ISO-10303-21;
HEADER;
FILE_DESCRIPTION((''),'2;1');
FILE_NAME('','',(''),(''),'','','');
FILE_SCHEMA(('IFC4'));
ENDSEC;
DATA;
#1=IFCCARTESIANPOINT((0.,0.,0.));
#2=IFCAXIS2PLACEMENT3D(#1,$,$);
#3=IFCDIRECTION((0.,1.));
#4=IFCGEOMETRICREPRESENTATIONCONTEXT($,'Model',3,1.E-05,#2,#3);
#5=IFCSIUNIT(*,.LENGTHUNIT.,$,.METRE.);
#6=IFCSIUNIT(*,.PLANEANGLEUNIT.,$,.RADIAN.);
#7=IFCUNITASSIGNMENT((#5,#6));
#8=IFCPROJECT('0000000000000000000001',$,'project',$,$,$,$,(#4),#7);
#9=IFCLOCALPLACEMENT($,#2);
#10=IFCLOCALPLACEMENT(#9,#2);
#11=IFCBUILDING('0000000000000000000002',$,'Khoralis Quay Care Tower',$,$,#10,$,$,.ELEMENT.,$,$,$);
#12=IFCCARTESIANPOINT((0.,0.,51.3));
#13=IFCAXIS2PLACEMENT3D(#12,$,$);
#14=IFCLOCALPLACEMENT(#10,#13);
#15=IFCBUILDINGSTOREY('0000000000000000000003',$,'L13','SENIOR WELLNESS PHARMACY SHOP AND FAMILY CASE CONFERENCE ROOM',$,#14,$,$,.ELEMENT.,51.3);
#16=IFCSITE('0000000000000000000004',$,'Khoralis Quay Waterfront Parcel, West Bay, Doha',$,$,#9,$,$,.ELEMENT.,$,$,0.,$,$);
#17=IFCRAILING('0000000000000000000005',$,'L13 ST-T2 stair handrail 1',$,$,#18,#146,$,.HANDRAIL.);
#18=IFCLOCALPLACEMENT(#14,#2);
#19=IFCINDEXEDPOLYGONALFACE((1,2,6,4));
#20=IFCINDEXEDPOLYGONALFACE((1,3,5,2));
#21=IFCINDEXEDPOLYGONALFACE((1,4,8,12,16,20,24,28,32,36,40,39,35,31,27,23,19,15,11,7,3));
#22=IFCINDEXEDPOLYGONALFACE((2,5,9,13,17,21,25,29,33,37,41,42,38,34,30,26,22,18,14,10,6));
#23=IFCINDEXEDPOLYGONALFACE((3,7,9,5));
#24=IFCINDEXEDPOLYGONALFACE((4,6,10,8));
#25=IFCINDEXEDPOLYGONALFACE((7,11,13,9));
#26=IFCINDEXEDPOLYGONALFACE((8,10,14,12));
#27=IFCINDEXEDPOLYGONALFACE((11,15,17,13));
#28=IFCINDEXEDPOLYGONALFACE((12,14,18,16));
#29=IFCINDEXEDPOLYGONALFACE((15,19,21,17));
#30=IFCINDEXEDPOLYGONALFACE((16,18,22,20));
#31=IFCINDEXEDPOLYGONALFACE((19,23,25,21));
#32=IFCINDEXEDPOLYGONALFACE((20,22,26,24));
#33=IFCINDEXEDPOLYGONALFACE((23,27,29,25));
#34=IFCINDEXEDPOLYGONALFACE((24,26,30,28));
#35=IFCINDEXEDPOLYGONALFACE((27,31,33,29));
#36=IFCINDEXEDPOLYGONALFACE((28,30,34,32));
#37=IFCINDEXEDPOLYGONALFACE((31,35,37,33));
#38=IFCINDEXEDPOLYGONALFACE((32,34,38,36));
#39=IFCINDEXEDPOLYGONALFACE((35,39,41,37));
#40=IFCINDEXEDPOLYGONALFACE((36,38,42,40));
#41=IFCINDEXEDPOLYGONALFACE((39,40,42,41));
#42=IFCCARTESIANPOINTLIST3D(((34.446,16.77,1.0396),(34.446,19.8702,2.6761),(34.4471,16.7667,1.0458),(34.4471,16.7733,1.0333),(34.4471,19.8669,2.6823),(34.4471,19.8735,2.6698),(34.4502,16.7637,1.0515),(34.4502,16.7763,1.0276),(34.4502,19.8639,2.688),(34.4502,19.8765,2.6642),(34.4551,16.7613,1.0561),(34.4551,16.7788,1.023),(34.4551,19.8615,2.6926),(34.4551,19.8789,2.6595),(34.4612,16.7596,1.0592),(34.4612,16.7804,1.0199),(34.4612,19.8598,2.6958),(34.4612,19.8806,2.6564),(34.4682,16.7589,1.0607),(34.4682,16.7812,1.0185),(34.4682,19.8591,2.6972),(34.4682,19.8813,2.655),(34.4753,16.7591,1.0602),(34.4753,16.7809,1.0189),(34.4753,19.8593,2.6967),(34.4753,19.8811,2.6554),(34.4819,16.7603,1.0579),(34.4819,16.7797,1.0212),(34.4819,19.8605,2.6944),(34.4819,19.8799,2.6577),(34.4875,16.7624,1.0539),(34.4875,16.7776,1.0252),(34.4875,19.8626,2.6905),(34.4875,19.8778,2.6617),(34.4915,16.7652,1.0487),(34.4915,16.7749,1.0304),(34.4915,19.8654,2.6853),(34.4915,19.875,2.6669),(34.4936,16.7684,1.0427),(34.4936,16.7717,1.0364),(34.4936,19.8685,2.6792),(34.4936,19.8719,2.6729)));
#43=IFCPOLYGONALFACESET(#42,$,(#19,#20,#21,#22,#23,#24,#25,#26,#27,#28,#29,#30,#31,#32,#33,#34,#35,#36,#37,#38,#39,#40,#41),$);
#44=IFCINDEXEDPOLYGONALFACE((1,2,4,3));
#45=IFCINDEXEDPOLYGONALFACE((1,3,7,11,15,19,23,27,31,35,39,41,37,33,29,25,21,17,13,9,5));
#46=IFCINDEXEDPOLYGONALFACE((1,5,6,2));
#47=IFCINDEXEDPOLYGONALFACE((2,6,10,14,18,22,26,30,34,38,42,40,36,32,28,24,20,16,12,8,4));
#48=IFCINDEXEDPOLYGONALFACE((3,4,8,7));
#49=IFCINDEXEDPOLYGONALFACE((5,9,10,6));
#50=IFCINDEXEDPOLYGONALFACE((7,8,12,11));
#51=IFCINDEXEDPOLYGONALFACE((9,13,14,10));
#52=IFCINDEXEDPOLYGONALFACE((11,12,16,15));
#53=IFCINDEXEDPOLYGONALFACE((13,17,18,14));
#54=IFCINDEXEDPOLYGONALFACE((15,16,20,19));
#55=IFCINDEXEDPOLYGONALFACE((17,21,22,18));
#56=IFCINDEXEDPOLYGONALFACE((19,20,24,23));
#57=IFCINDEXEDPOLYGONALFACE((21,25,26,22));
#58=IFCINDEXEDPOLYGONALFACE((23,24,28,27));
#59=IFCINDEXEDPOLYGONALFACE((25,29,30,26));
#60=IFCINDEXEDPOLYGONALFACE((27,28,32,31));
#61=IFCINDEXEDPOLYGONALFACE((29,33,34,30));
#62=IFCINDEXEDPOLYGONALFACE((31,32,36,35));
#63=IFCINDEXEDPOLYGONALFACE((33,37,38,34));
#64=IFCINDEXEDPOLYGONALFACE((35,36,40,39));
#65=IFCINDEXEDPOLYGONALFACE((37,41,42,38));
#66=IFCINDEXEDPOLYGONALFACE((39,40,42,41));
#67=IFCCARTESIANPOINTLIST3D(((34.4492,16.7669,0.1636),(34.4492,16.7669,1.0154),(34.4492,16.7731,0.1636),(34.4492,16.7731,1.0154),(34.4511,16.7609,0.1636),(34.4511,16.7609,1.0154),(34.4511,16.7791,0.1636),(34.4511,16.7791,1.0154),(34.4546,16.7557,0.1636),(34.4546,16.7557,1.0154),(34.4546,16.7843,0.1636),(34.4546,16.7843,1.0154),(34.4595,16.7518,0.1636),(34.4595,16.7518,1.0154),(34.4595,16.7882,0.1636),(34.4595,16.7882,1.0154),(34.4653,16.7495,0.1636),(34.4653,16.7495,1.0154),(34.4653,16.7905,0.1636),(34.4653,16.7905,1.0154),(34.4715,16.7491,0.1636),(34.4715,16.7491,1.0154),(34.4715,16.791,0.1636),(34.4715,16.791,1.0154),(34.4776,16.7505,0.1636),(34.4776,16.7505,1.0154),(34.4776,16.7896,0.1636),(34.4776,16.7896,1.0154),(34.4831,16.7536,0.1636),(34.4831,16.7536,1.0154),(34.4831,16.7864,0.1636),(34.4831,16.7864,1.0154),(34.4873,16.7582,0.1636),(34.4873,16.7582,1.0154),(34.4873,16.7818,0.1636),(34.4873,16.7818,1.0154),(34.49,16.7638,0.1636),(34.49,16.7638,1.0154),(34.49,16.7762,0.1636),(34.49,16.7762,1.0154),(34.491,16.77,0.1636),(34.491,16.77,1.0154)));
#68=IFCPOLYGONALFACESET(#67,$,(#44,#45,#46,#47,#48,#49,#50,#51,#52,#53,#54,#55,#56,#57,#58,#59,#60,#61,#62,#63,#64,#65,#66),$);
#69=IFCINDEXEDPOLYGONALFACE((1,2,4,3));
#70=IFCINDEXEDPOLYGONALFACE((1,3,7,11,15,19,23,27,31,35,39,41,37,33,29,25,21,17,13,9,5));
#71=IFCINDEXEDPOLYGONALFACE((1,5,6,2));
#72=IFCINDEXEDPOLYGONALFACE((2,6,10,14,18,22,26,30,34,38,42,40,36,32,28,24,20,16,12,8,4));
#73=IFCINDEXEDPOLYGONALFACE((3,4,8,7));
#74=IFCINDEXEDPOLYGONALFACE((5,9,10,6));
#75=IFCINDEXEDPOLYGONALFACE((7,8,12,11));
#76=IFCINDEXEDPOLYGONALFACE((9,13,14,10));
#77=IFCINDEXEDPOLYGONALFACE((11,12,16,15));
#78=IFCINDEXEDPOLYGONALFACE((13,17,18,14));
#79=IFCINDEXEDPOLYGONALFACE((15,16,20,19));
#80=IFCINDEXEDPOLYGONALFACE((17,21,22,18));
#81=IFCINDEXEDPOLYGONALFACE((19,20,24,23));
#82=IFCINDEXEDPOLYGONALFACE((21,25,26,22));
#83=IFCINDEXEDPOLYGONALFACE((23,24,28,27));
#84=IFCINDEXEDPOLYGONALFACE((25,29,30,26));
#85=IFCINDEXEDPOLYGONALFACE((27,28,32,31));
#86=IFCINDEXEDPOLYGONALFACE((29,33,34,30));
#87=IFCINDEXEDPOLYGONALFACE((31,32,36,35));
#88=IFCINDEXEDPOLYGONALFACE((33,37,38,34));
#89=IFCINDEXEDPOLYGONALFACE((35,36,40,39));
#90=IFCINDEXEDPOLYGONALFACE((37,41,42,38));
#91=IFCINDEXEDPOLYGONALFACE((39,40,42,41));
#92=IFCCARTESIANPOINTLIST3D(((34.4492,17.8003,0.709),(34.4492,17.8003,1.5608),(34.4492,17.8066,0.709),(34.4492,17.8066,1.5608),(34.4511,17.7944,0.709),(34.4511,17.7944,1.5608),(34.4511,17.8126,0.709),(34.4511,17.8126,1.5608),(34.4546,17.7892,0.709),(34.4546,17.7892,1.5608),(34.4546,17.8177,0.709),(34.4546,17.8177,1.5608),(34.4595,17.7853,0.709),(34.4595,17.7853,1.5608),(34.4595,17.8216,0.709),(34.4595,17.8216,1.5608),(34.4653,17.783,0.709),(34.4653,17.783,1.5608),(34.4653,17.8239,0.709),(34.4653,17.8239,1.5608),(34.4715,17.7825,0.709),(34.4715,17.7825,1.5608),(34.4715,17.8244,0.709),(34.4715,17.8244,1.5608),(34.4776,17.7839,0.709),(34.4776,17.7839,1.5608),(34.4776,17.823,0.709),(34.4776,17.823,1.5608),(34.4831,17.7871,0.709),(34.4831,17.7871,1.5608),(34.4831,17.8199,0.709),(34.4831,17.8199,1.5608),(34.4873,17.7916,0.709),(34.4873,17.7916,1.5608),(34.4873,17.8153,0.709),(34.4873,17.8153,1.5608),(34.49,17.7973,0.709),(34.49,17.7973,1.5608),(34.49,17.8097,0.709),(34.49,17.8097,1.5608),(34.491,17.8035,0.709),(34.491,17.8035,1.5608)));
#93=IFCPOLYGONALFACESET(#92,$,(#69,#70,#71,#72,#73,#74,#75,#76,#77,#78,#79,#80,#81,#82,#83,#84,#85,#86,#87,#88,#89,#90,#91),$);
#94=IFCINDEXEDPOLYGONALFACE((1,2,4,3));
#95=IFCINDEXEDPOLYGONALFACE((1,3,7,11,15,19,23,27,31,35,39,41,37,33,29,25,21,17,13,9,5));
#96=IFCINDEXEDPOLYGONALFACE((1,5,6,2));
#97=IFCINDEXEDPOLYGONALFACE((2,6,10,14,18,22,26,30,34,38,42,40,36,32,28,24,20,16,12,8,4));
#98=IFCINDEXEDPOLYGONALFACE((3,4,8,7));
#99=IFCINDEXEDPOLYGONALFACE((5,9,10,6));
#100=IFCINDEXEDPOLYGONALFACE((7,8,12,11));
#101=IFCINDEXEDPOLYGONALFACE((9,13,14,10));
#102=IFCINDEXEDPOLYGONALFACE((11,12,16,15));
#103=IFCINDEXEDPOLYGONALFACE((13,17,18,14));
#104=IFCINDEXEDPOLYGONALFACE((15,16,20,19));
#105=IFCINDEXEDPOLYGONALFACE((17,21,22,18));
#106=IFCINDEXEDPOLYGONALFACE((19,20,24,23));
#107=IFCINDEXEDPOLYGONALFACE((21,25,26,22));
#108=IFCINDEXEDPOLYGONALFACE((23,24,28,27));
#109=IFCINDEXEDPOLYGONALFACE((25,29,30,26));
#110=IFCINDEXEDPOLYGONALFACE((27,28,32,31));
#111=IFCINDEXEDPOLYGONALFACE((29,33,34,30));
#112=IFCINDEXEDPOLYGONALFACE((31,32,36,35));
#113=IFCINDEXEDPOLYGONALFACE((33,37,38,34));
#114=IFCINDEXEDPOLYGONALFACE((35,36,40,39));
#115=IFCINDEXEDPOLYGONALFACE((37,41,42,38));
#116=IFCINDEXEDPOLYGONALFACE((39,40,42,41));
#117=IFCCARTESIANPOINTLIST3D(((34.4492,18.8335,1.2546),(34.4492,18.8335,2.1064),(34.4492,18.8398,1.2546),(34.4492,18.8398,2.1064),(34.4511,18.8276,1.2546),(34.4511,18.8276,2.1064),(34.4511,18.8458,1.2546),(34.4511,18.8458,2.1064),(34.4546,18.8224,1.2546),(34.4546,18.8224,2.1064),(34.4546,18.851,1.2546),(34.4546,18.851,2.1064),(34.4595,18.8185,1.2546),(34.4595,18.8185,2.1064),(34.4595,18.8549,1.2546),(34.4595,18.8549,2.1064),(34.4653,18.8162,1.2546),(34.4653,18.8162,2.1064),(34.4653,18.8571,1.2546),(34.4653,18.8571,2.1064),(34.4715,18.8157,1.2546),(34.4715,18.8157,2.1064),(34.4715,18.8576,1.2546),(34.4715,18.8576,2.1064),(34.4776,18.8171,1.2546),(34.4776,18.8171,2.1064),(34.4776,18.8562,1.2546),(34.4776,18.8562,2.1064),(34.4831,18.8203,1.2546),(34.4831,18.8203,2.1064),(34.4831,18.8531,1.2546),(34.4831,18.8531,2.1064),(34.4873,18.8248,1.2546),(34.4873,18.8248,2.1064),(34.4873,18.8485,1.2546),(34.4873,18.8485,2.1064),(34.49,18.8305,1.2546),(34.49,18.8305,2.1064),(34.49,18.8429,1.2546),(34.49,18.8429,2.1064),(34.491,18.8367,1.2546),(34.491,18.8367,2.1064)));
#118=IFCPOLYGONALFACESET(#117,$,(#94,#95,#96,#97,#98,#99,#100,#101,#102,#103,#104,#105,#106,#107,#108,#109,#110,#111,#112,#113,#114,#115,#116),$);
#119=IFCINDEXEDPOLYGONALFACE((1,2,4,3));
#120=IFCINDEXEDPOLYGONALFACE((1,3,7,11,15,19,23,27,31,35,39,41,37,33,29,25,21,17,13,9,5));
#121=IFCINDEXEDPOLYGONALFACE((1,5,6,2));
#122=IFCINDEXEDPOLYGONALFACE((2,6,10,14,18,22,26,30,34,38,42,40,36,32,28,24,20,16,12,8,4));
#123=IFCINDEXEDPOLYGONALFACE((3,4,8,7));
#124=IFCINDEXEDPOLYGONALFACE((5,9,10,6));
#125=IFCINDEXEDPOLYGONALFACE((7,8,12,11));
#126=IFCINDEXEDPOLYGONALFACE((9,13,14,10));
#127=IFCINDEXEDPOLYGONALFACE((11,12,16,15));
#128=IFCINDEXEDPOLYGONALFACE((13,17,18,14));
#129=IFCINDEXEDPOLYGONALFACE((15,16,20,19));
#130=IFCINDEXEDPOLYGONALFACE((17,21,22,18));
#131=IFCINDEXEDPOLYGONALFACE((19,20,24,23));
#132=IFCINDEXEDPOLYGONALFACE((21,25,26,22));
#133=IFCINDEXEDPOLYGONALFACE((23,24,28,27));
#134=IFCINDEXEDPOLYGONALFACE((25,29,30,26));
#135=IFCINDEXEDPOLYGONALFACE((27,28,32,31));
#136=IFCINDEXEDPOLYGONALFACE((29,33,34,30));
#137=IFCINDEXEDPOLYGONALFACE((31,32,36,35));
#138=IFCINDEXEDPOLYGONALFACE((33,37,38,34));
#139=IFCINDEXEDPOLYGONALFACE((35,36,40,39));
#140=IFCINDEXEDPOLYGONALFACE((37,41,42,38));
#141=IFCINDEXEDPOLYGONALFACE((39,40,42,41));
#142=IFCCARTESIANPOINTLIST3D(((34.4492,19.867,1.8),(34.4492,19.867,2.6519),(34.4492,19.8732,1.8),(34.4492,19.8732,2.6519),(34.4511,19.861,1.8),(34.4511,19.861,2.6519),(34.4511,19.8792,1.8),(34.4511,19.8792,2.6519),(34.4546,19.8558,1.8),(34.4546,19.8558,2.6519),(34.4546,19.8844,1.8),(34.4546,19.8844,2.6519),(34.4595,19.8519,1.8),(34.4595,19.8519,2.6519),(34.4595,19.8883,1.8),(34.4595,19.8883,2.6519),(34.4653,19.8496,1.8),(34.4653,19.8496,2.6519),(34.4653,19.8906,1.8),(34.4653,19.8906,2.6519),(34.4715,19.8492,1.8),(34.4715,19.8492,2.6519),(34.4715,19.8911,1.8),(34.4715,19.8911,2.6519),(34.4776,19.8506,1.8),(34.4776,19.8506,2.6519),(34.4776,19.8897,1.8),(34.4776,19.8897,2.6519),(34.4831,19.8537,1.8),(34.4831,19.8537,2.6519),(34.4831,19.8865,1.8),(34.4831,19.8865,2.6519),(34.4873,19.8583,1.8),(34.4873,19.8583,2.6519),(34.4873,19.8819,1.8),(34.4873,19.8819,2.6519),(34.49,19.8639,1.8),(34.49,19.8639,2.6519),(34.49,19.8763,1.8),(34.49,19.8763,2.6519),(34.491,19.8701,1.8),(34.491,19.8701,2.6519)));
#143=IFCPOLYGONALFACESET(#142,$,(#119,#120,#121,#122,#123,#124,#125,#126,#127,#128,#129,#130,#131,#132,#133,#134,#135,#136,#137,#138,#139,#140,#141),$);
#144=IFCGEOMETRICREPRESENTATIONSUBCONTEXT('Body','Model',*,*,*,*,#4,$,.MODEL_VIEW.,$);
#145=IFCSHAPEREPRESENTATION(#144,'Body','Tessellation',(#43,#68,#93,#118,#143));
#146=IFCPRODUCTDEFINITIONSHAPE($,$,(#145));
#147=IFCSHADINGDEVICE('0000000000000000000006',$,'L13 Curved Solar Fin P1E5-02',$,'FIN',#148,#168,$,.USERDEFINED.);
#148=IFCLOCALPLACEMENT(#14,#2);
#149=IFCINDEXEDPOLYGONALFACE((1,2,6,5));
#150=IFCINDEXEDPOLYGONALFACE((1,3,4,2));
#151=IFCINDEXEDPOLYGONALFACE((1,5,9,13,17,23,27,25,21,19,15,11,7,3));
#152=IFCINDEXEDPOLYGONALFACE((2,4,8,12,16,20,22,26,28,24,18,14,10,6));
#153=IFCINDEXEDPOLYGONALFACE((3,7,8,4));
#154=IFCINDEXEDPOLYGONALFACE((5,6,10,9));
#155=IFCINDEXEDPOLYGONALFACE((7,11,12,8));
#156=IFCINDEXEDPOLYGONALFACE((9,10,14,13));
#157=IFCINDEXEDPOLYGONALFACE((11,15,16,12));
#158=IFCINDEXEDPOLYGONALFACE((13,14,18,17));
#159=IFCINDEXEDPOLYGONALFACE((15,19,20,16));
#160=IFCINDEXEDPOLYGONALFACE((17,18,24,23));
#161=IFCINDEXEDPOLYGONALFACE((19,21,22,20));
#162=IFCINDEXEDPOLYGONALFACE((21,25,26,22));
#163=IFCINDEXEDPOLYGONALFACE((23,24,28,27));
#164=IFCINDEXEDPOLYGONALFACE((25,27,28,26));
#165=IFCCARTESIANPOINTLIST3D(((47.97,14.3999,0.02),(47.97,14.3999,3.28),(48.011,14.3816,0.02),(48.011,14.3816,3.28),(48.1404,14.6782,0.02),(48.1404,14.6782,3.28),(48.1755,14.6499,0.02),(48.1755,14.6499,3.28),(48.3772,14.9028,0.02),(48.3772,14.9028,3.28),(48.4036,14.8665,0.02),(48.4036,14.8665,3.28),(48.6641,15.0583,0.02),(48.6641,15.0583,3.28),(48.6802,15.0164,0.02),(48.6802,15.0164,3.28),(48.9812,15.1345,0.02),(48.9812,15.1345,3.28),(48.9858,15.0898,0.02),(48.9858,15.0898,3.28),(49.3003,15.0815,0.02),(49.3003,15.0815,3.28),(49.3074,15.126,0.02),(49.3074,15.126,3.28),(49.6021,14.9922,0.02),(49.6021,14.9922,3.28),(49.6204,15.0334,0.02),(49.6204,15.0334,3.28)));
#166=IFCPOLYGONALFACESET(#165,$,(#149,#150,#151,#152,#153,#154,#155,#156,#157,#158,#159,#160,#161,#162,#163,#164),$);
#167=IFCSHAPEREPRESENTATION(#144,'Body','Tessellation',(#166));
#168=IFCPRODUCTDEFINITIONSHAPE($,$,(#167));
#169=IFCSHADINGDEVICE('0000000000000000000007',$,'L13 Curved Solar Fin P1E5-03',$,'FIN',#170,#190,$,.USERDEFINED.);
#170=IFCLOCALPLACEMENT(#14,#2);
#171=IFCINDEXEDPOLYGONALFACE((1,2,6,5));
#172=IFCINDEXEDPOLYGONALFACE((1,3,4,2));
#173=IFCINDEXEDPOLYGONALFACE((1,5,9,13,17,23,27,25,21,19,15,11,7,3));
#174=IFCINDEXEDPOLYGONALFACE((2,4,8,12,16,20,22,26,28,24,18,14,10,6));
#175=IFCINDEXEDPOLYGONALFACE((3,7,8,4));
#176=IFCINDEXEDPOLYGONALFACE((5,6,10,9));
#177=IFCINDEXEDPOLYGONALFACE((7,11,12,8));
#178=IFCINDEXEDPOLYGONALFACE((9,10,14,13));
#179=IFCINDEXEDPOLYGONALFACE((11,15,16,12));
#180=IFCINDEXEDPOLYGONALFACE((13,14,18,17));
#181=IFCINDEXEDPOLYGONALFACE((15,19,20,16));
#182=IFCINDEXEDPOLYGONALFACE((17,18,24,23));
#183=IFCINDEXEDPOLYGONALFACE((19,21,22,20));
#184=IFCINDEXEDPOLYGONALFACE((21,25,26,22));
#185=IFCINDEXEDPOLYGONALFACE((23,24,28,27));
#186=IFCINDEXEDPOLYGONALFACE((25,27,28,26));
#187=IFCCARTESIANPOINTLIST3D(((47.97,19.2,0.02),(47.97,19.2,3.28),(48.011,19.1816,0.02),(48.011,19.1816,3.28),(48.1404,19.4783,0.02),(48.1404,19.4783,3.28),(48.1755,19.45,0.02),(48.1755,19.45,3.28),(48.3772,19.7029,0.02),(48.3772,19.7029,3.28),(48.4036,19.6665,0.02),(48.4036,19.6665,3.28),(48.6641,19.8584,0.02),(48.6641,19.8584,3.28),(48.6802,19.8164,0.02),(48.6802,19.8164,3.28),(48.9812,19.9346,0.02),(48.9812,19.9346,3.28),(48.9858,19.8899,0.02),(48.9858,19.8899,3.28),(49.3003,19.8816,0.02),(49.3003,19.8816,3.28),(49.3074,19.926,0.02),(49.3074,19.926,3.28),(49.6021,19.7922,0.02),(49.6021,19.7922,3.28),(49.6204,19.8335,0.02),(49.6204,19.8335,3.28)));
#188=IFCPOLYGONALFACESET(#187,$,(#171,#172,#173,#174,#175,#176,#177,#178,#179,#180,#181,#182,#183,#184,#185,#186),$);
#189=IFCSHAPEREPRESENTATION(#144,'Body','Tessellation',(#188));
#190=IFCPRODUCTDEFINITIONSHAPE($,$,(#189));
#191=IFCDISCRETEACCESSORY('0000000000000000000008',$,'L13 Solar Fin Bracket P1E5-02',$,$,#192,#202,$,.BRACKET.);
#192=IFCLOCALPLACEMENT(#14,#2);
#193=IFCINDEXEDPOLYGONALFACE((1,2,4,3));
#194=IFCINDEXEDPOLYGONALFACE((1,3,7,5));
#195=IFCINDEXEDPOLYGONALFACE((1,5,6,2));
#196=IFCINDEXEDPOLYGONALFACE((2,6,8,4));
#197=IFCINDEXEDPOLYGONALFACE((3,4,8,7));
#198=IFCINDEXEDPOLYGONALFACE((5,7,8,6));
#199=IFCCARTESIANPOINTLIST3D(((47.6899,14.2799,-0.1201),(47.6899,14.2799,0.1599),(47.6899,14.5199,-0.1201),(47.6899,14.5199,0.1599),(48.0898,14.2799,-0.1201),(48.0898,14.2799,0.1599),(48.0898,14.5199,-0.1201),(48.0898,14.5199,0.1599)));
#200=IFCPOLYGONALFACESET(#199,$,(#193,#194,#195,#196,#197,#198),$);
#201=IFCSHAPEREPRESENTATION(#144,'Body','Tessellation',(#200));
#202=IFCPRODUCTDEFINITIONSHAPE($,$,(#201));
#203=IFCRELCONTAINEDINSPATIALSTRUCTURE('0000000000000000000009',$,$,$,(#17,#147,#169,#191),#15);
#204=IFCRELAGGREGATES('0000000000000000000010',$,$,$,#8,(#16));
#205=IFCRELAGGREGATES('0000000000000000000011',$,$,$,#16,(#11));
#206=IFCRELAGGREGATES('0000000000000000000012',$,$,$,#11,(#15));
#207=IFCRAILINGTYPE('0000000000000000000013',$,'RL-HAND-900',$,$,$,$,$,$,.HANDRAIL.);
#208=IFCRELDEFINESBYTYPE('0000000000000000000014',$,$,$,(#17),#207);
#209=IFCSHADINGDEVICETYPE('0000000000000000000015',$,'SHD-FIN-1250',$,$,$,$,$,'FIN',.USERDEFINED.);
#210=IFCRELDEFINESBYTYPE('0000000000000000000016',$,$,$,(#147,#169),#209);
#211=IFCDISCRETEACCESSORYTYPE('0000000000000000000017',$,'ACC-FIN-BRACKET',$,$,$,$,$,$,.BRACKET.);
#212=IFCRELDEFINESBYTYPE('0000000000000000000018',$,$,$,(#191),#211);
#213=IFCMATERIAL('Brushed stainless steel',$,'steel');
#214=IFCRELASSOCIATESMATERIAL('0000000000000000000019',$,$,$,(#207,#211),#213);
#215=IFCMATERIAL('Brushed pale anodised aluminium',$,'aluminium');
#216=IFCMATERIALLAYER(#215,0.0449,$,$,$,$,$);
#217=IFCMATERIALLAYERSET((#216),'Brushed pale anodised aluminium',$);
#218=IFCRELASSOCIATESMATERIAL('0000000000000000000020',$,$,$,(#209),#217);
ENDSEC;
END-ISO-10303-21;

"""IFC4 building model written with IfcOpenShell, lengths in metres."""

from ifc_helpers import new_model, si_unit, direction, frame, origin, origin_2d, place, context, subcontext, project, spatial, polyline, rectangle, circle, outline, extrude, source, transform, mapped, material, layer, layer_set, type_object, element, save


model = new_model("IFC4")

# Units and contexts
model_context = context("Model", 3, precision=1e-05, world=origin(), true_north=direction((0.0, 1.0)))
body_context = subcontext(model_context, "Body", "Model", "MODEL_VIEW")
ifc_project = project(units=[si_unit("LENGTHUNIT", "METRE"), si_unit("PLANEANGLEUNIT", "RADIAN")], contexts=[model_context])

# Site, building, storey
site_placement = place(None, origin())
site = spatial("IfcSite", under=ifc_project, at=site_placement, Name="Khoralis Quay Waterfront Parcel, West Bay, Doha", CompositionType="ELEMENT", RefElevation=0.0)
building_placement = place(site_placement, origin())
building = spatial("IfcBuilding", under=site, at=building_placement, Name="Khoralis Quay Care Tower", CompositionType="ELEMENT")
storey_placement = place(building_placement, frame((0.0, 0.0, 51.3)))
storey = spatial("IfcBuildingStorey", under=building, at=storey_placement, Name="L13", Description="SENIOR WELLNESS PHARMACY SHOP AND FAMILY CASE CONFERENCE ROOM", CompositionType="ELEMENT", Elevation=51.3)

# Railing
ifc_material_1 = material(Name="Brushed stainless steel", Category="steel")
railing_type = type_object("IfcRailingType", Name="RL-HAND-900", PredefinedType="HANDRAIL", material=ifc_material_1)
railing_placement = place(storey_placement, frame((34.47, 16.77, 0.1636)))
element("IfcRailing", 1, at=railing_placement, inside=storey, type_object=railing_type, Name="L13 ST-T2 stair handrail 1", PredefinedType="HANDRAIL", context=body_context, shape_type="SweptSolid", body=[
    extrude(circle(Radius=0.0239, at=origin_2d()), frame((0.0, 0.0, 0.876), z_axis=(0.0, 0.884348, 0.466828), x_axis=(-1.0, 0.0, 0.0)), (0.0, 0.0, 1.0), 3.5056),
    extrude(circle(Radius=0.021, at=origin_2d()), origin(), (0.0, 0.0, 1.0), 0.8518),
    extrude(circle(Radius=0.021, at=origin_2d()), frame((0.0, 1.0334, 0.5454)), (0.0, 0.0, 1.0), 0.8518),
    extrude(circle(Radius=0.021, at=origin_2d()), frame((0.0, 2.0667, 1.0911)), (0.0, 0.0, 1.0), 0.8518),
    extrude(circle(Radius=0.021, at=origin_2d()), frame((0.0, 3.1001, 1.6365)), (0.0, 0.0, 1.0), 0.8518),
])

# Shading devices
ifc_material_2 = material(Name="Brushed pale anodised aluminium", Category="aluminium")
ifc_layer_1 = layer(ifc_material_2, 0.0449)
ifc_layer_set_1 = layer_set([ifc_layer_1], Name="Brushed pale anodised aluminium")
shading_device_type = type_object("IfcShadingDeviceType", Name="SHD-FIN-1250", ElementType="FIN", PredefinedType="USERDEFINED", material=ifc_layer_set_1)
shared_shape_1 = source(origin(), body_context, "Body", "SweptSolid", [
    extrude(outline(polyline([(0.0, 0.0), (0.1704, 0.2783), (0.4072, 0.5029), (0.6941, 0.6584), (1.0112, 0.7346), (1.3374, 0.7261), (1.6504, 0.6335), (1.6321, 0.5923), (1.3303, 0.6816), (1.0159, 0.6899), (0.7102, 0.6165), (0.4336, 0.4666), (0.2056, 0.25), (0.041, -0.0183), (0.0, 0.0)])), origin(), (0.0, 0.0, 1.0), 3.26),
])
for number, where, z_axis, x_axis, name in (
    (2, (47.97, 14.3999, 0.02), (0.0, 0.0, 1.0), (1.0, 0.0, 0.0), "L13 Curved Solar Fin P1E5-02"),
    (3, (47.97, 19.2, 0.02), (0.0, 0.0, 1.0), (1.0, 0.0, 0.0), "L13 Curved Solar Fin P1E5-03"),
):
    element("IfcShadingDevice", number, at=place(storey_placement, frame(where, z_axis=z_axis, x_axis=x_axis)), inside=storey, type_object=shading_device_type, Name=name, ObjectType="FIN", PredefinedType="USERDEFINED", context=body_context, shape_type="MappedRepresentation", body=[
        mapped(shared_shape_1, transform((0.0, 0.0, 0.0), scale=1.0)),
    ])

# Discrete accessory
discrete_accessory_type = type_object("IfcDiscreteAccessoryType", Name="ACC-FIN-BRACKET", PredefinedType="BRACKET", material=ifc_material_1)
shared_shape_2 = source(origin(), body_context, "Body", "SweptSolid", [
    extrude(rectangle(XDim=0.3999, YDim=0.24, at=origin_2d()), origin(), (0.0, 0.0, 1.0), 0.28),
])
for number, where, z_axis, x_axis, name in (
    (4, (47.8899, 14.3999, -0.1201), (0.0, 0.0, 1.0), (1.0, 0.0, 0.0), "L13 Solar Fin Bracket P1E5-02"),
):
    element("IfcDiscreteAccessory", number, at=place(storey_placement, frame(where, z_axis=z_axis, x_axis=x_axis)), inside=storey, type_object=discrete_accessory_type, Name=name, PredefinedType="BRACKET", context=body_context, shape_type="MappedRepresentation", body=[
        mapped(shared_shape_2, transform((0.0, 0.0, 0.0), scale=1.0)),
    ])

save(model, "model.ifc")
